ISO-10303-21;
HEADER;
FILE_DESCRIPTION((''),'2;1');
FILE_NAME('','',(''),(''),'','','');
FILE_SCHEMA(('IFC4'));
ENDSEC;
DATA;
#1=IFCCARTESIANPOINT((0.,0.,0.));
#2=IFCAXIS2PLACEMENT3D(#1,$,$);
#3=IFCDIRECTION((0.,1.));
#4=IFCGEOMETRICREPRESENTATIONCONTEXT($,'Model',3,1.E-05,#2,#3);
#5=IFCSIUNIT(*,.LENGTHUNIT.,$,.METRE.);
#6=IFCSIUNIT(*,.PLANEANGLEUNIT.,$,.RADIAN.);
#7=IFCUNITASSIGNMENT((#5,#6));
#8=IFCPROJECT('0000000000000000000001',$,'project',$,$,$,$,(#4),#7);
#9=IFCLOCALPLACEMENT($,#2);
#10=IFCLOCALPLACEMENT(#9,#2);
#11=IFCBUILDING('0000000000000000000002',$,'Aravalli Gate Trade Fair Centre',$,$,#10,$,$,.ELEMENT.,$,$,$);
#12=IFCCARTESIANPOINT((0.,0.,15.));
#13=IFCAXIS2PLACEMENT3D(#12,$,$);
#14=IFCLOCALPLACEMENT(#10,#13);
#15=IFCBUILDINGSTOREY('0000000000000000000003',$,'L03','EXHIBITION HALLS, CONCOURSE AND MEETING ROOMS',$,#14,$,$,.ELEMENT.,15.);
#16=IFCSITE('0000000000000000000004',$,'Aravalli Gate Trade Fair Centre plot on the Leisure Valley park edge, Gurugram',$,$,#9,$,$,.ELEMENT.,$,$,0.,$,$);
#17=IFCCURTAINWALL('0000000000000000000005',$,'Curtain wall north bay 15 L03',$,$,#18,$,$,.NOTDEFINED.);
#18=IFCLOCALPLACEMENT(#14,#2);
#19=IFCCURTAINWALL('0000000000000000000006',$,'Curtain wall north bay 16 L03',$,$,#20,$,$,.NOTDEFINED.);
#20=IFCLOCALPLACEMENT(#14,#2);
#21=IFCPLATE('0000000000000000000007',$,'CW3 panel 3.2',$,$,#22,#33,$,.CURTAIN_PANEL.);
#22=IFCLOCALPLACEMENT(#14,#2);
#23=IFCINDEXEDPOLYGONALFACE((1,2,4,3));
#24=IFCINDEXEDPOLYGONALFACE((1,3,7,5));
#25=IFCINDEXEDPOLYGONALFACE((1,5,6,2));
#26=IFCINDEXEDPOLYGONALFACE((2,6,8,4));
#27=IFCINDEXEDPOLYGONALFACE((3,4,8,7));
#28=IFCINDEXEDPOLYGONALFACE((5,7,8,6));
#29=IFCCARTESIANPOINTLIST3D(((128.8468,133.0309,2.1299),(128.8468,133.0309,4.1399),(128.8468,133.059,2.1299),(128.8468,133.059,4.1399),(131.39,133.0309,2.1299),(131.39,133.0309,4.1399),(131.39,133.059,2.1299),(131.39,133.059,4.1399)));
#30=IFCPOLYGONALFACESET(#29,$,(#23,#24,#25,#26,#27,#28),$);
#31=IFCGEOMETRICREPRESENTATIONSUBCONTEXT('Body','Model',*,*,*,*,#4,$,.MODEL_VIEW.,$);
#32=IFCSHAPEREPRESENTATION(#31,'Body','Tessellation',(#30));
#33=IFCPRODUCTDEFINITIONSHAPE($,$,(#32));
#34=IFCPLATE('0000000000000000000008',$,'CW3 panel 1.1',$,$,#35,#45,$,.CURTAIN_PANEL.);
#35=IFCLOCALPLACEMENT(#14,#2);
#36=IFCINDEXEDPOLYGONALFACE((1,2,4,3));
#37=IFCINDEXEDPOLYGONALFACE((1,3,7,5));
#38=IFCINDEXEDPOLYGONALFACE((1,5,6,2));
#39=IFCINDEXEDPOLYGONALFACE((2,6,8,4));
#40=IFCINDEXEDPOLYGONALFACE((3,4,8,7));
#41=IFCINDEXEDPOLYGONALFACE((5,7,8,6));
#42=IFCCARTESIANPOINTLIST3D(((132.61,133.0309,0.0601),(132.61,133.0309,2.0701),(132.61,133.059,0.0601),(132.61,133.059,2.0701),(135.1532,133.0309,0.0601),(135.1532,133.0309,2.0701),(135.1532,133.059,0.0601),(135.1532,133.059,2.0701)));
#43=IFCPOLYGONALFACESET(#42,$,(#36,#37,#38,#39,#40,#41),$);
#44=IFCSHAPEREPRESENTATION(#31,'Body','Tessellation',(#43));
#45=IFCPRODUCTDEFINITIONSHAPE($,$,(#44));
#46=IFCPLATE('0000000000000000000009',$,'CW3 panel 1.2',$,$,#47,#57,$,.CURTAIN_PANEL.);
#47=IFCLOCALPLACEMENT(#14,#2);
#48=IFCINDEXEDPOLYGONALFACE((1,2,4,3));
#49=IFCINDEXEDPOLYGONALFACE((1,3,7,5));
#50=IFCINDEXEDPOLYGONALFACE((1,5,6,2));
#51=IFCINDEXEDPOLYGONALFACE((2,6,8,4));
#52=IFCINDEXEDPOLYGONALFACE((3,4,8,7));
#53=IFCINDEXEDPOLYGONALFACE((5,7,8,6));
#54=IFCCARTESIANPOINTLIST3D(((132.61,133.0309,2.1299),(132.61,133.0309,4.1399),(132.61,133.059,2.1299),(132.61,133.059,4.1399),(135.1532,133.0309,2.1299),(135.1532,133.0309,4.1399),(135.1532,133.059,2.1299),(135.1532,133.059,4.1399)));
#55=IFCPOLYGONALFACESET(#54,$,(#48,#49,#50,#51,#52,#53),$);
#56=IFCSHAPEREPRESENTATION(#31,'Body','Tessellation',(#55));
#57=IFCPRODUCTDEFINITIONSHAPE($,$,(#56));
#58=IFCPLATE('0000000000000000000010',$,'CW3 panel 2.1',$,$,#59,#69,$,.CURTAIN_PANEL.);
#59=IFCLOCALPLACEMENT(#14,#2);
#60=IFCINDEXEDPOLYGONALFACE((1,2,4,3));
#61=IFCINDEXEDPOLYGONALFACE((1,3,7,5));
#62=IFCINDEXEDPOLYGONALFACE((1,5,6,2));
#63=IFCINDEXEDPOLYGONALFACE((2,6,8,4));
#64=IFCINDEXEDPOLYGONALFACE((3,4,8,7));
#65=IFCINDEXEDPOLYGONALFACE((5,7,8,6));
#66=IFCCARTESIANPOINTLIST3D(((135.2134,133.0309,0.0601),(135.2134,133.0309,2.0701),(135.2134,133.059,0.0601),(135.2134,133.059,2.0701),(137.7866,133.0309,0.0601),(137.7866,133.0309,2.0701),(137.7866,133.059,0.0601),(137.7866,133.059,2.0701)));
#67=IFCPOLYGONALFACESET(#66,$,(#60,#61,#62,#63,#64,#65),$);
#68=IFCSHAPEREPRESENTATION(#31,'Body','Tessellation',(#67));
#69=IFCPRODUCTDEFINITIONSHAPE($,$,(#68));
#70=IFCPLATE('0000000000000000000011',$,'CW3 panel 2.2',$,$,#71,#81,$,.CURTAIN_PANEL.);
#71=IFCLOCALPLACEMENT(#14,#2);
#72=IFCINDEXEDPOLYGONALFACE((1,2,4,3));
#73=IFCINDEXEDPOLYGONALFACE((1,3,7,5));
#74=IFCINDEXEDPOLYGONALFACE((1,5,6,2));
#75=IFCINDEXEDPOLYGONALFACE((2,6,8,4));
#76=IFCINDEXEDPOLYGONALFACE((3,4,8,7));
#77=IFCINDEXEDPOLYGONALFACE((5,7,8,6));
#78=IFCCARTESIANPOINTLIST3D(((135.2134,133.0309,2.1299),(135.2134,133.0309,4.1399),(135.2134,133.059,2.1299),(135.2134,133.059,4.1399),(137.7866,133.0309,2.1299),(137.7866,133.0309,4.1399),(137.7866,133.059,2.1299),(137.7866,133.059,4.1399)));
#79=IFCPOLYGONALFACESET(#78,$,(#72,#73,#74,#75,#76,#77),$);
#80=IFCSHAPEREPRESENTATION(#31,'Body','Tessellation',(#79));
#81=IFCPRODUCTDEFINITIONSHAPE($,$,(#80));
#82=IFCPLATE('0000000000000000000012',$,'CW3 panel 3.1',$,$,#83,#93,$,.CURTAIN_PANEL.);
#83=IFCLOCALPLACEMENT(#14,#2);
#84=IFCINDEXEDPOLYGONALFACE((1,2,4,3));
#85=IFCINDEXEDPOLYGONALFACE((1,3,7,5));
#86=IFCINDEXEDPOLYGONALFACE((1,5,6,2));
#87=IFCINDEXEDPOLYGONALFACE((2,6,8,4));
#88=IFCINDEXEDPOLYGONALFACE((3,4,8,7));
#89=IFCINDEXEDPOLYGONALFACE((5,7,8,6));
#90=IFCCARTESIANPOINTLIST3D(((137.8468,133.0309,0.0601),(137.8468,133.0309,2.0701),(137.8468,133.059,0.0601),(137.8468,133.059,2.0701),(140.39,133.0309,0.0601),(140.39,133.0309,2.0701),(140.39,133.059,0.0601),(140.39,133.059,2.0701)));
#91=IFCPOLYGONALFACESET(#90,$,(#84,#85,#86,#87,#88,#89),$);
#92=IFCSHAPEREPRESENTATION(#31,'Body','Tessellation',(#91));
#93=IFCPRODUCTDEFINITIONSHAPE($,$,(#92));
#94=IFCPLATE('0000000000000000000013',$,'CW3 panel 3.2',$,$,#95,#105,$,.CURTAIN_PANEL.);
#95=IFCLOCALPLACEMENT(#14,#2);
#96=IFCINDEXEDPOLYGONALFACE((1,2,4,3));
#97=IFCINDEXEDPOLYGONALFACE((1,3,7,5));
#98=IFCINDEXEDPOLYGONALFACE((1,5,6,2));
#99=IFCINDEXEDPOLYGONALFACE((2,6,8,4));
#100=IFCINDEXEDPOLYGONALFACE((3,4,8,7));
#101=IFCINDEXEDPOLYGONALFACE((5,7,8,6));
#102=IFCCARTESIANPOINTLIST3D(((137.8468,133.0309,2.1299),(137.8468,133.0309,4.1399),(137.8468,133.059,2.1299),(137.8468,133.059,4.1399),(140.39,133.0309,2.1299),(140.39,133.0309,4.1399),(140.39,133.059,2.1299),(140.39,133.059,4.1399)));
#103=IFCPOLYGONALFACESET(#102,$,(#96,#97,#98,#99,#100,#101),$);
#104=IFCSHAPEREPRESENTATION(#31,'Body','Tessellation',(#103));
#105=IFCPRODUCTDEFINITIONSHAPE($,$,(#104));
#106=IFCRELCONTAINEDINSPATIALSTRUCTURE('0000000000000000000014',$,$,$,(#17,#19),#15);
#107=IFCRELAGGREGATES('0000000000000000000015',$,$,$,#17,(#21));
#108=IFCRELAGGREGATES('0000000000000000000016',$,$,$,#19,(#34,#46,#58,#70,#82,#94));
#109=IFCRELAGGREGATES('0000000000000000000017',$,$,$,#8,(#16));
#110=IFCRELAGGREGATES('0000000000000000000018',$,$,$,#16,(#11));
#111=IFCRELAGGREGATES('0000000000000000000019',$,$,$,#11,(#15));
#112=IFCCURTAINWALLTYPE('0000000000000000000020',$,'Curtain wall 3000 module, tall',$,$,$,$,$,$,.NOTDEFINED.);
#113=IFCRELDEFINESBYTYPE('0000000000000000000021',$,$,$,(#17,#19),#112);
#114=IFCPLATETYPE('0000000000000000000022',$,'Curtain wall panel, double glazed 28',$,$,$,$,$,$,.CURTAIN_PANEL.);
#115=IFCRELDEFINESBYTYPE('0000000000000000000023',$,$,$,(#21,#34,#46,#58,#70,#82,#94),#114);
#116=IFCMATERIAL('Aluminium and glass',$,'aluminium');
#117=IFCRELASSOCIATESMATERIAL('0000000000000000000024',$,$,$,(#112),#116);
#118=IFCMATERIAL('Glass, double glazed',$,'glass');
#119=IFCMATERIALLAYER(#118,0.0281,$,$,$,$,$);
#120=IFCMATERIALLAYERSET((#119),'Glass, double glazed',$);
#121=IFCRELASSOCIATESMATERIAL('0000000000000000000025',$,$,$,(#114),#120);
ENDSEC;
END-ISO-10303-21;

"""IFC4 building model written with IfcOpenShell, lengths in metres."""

from ifc_helpers import new_model, si_unit, direction, frame, origin, origin_2d, place, context, subcontext, project, spatial, rectangle, extrude, material, layer, layer_set, type_object, element, aggregate, save


model = new_model("IFC4")

# Units and contexts
model_context = context("Model", 3, precision=1e-05, world=origin(), true_north=direction((0.0, 1.0)))
body_context = subcontext(model_context, "Body", "Model", "MODEL_VIEW")
ifc_project = project(units=[si_unit("LENGTHUNIT", "METRE"), si_unit("PLANEANGLEUNIT", "RADIAN")], contexts=[model_context])

# Site, building, storey
site_placement = place(None, origin())
site = spatial("IfcSite", under=ifc_project, at=site_placement, Name="Aravalli Gate Trade Fair Centre plot on the Leisure Valley park edge, Gurugram", CompositionType="ELEMENT", RefElevation=0.0)
building_placement = place(site_placement, origin())
building = spatial("IfcBuilding", under=site, at=building_placement, Name="Aravalli Gate Trade Fair Centre", CompositionType="ELEMENT")
storey_placement = place(building_placement, frame((0.0, 0.0, 15.0)))
storey = spatial("IfcBuildingStorey", under=building, at=storey_placement, Name="L03", Description="EXHIBITION HALLS, CONCOURSE AND MEETING ROOMS", CompositionType="ELEMENT", Elevation=15.0)

# Curtain wall
ifc_material_1 = material(Name="Aluminium and glass", Category="aluminium")
curtain_wall_type = type_object("IfcCurtainWallType", Name="Curtain wall 3000 module, tall", PredefinedType="NOTDEFINED", material=ifc_material_1)
curtain_wall_1_placement = place(storey_placement, origin())
curtain_wall_1 = element("IfcCurtainWall", 1, at=curtain_wall_1_placement, inside=storey, type_object=curtain_wall_type, Name="Curtain wall north bay 15 L03", PredefinedType="NOTDEFINED")

# Curtain wall
curtain_wall_2_placement = place(storey_placement, origin())
curtain_wall_2 = element("IfcCurtainWall", 2, at=curtain_wall_2_placement, inside=storey, type_object=curtain_wall_type, Name="Curtain wall north bay 16 L03", PredefinedType="NOTDEFINED")

# Plates
ifc_material_2 = material(Name="Glass, double glazed", Category="glass")
ifc_layer = layer(ifc_material_2, 0.0281)
ifc_layer_set = layer_set([ifc_layer], Name="Glass, double glazed")
plate_type = type_object("IfcPlateType", Name="Curtain wall panel, double glazed 28", PredefinedType="CURTAIN_PANEL", material=ifc_layer_set)
plate_1_placement = place(storey_placement, frame((130.1184, 133.0449, 2.1299), z_axis=(0.0, 0.0, 1.0), x_axis=(1.0, 0.0, 0.0)))
plate_1 = element("IfcPlate", 3, at=plate_1_placement, type_object=plate_type, Name="CW3 panel 3.2", PredefinedType="CURTAIN_PANEL", context=body_context, shape_type="SweptSolid", body=[
    extrude(rectangle(XDim=2.5432, YDim=0.0281, at=origin_2d()), origin(), (0.0, 0.0, 1.0), 2.01),
])
aggregate(curtain_wall_1, [plate_1])
plate_2_placement = place(storey_placement, frame((133.8816, 133.0449, 0.0601), z_axis=(0.0, 0.0, 1.0), x_axis=(1.0, 0.0, 0.0)))
plate_2 = element("IfcPlate", 4, at=plate_2_placement, type_object=plate_type, Name="CW3 panel 1.1", PredefinedType="CURTAIN_PANEL", context=body_context, shape_type="SweptSolid", body=[
    extrude(rectangle(XDim=2.5432, YDim=0.0281, at=origin_2d()), origin(), (0.0, 0.0, 1.0), 2.01),
])
plate_3_placement = place(storey_placement, frame((133.8816, 133.0449, 2.1299), z_axis=(0.0, 0.0, 1.0), x_axis=(1.0, 0.0, 0.0)))
plate_3 = element("IfcPlate", 5, at=plate_3_placement, type_object=plate_type, Name="CW3 panel 1.2", PredefinedType="CURTAIN_PANEL", context=body_context, shape_type="SweptSolid", body=[
    extrude(rectangle(XDim=2.5432, YDim=0.0281, at=origin_2d()), origin(), (0.0, 0.0, 1.0), 2.01),
])
plate_4_placement = place(storey_placement, frame((136.5, 133.0449, 0.0601), z_axis=(0.0, 0.0, 1.0), x_axis=(1.0, 0.0, 0.0)))
plate_4 = element("IfcPlate", 6, at=plate_4_placement, type_object=plate_type, Name="CW3 panel 2.1", PredefinedType="CURTAIN_PANEL", context=body_context, shape_type="SweptSolid", body=[
    extrude(rectangle(XDim=2.5732, YDim=0.0281, at=origin_2d()), origin(), (0.0, 0.0, 1.0), 2.01),
])
plate_5_placement = place(storey_placement, frame((136.5, 133.0449, 2.1299), z_axis=(0.0, 0.0, 1.0), x_axis=(1.0, 0.0, 0.0)))
plate_5 = element("IfcPlate", 7, at=plate_5_placement, type_object=plate_type, Name="CW3 panel 2.2", PredefinedType="CURTAIN_PANEL", context=body_context, shape_type="SweptSolid", body=[
    extrude(rectangle(XDim=2.5732, YDim=0.0281, at=origin_2d()), origin(), (0.0, 0.0, 1.0), 2.01),
])
plate_6_placement = place(storey_placement, frame((139.1184, 133.0449, 0.0601), z_axis=(0.0, 0.0, 1.0), x_axis=(1.0, 0.0, 0.0)))
plate_6 = element("IfcPlate", 8, at=plate_6_placement, type_object=plate_type, Name="CW3 panel 3.1", PredefinedType="CURTAIN_PANEL", context=body_context, shape_type="SweptSolid", body=[
    extrude(rectangle(XDim=2.5432, YDim=0.0281, at=origin_2d()), origin(), (0.0, 0.0, 1.0), 2.01),
])
plate_7_placement = place(storey_placement, frame((139.1184, 133.0449, 2.1299), z_axis=(0.0, 0.0, 1.0), x_axis=(1.0, 0.0, 0.0)))
plate_7 = element("IfcPlate", 9, at=plate_7_placement, type_object=plate_type, Name="CW3 panel 3.2", PredefinedType="CURTAIN_PANEL", context=body_context, shape_type="SweptSolid", body=[
    extrude(rectangle(XDim=2.5432, YDim=0.0281, at=origin_2d()), origin(), (0.0, 0.0, 1.0), 2.01),
])
aggregate(curtain_wall_2, [plate_2, plate_3, plate_4, plate_5, plate_6, plate_7])

save(model, "model.ifc")
